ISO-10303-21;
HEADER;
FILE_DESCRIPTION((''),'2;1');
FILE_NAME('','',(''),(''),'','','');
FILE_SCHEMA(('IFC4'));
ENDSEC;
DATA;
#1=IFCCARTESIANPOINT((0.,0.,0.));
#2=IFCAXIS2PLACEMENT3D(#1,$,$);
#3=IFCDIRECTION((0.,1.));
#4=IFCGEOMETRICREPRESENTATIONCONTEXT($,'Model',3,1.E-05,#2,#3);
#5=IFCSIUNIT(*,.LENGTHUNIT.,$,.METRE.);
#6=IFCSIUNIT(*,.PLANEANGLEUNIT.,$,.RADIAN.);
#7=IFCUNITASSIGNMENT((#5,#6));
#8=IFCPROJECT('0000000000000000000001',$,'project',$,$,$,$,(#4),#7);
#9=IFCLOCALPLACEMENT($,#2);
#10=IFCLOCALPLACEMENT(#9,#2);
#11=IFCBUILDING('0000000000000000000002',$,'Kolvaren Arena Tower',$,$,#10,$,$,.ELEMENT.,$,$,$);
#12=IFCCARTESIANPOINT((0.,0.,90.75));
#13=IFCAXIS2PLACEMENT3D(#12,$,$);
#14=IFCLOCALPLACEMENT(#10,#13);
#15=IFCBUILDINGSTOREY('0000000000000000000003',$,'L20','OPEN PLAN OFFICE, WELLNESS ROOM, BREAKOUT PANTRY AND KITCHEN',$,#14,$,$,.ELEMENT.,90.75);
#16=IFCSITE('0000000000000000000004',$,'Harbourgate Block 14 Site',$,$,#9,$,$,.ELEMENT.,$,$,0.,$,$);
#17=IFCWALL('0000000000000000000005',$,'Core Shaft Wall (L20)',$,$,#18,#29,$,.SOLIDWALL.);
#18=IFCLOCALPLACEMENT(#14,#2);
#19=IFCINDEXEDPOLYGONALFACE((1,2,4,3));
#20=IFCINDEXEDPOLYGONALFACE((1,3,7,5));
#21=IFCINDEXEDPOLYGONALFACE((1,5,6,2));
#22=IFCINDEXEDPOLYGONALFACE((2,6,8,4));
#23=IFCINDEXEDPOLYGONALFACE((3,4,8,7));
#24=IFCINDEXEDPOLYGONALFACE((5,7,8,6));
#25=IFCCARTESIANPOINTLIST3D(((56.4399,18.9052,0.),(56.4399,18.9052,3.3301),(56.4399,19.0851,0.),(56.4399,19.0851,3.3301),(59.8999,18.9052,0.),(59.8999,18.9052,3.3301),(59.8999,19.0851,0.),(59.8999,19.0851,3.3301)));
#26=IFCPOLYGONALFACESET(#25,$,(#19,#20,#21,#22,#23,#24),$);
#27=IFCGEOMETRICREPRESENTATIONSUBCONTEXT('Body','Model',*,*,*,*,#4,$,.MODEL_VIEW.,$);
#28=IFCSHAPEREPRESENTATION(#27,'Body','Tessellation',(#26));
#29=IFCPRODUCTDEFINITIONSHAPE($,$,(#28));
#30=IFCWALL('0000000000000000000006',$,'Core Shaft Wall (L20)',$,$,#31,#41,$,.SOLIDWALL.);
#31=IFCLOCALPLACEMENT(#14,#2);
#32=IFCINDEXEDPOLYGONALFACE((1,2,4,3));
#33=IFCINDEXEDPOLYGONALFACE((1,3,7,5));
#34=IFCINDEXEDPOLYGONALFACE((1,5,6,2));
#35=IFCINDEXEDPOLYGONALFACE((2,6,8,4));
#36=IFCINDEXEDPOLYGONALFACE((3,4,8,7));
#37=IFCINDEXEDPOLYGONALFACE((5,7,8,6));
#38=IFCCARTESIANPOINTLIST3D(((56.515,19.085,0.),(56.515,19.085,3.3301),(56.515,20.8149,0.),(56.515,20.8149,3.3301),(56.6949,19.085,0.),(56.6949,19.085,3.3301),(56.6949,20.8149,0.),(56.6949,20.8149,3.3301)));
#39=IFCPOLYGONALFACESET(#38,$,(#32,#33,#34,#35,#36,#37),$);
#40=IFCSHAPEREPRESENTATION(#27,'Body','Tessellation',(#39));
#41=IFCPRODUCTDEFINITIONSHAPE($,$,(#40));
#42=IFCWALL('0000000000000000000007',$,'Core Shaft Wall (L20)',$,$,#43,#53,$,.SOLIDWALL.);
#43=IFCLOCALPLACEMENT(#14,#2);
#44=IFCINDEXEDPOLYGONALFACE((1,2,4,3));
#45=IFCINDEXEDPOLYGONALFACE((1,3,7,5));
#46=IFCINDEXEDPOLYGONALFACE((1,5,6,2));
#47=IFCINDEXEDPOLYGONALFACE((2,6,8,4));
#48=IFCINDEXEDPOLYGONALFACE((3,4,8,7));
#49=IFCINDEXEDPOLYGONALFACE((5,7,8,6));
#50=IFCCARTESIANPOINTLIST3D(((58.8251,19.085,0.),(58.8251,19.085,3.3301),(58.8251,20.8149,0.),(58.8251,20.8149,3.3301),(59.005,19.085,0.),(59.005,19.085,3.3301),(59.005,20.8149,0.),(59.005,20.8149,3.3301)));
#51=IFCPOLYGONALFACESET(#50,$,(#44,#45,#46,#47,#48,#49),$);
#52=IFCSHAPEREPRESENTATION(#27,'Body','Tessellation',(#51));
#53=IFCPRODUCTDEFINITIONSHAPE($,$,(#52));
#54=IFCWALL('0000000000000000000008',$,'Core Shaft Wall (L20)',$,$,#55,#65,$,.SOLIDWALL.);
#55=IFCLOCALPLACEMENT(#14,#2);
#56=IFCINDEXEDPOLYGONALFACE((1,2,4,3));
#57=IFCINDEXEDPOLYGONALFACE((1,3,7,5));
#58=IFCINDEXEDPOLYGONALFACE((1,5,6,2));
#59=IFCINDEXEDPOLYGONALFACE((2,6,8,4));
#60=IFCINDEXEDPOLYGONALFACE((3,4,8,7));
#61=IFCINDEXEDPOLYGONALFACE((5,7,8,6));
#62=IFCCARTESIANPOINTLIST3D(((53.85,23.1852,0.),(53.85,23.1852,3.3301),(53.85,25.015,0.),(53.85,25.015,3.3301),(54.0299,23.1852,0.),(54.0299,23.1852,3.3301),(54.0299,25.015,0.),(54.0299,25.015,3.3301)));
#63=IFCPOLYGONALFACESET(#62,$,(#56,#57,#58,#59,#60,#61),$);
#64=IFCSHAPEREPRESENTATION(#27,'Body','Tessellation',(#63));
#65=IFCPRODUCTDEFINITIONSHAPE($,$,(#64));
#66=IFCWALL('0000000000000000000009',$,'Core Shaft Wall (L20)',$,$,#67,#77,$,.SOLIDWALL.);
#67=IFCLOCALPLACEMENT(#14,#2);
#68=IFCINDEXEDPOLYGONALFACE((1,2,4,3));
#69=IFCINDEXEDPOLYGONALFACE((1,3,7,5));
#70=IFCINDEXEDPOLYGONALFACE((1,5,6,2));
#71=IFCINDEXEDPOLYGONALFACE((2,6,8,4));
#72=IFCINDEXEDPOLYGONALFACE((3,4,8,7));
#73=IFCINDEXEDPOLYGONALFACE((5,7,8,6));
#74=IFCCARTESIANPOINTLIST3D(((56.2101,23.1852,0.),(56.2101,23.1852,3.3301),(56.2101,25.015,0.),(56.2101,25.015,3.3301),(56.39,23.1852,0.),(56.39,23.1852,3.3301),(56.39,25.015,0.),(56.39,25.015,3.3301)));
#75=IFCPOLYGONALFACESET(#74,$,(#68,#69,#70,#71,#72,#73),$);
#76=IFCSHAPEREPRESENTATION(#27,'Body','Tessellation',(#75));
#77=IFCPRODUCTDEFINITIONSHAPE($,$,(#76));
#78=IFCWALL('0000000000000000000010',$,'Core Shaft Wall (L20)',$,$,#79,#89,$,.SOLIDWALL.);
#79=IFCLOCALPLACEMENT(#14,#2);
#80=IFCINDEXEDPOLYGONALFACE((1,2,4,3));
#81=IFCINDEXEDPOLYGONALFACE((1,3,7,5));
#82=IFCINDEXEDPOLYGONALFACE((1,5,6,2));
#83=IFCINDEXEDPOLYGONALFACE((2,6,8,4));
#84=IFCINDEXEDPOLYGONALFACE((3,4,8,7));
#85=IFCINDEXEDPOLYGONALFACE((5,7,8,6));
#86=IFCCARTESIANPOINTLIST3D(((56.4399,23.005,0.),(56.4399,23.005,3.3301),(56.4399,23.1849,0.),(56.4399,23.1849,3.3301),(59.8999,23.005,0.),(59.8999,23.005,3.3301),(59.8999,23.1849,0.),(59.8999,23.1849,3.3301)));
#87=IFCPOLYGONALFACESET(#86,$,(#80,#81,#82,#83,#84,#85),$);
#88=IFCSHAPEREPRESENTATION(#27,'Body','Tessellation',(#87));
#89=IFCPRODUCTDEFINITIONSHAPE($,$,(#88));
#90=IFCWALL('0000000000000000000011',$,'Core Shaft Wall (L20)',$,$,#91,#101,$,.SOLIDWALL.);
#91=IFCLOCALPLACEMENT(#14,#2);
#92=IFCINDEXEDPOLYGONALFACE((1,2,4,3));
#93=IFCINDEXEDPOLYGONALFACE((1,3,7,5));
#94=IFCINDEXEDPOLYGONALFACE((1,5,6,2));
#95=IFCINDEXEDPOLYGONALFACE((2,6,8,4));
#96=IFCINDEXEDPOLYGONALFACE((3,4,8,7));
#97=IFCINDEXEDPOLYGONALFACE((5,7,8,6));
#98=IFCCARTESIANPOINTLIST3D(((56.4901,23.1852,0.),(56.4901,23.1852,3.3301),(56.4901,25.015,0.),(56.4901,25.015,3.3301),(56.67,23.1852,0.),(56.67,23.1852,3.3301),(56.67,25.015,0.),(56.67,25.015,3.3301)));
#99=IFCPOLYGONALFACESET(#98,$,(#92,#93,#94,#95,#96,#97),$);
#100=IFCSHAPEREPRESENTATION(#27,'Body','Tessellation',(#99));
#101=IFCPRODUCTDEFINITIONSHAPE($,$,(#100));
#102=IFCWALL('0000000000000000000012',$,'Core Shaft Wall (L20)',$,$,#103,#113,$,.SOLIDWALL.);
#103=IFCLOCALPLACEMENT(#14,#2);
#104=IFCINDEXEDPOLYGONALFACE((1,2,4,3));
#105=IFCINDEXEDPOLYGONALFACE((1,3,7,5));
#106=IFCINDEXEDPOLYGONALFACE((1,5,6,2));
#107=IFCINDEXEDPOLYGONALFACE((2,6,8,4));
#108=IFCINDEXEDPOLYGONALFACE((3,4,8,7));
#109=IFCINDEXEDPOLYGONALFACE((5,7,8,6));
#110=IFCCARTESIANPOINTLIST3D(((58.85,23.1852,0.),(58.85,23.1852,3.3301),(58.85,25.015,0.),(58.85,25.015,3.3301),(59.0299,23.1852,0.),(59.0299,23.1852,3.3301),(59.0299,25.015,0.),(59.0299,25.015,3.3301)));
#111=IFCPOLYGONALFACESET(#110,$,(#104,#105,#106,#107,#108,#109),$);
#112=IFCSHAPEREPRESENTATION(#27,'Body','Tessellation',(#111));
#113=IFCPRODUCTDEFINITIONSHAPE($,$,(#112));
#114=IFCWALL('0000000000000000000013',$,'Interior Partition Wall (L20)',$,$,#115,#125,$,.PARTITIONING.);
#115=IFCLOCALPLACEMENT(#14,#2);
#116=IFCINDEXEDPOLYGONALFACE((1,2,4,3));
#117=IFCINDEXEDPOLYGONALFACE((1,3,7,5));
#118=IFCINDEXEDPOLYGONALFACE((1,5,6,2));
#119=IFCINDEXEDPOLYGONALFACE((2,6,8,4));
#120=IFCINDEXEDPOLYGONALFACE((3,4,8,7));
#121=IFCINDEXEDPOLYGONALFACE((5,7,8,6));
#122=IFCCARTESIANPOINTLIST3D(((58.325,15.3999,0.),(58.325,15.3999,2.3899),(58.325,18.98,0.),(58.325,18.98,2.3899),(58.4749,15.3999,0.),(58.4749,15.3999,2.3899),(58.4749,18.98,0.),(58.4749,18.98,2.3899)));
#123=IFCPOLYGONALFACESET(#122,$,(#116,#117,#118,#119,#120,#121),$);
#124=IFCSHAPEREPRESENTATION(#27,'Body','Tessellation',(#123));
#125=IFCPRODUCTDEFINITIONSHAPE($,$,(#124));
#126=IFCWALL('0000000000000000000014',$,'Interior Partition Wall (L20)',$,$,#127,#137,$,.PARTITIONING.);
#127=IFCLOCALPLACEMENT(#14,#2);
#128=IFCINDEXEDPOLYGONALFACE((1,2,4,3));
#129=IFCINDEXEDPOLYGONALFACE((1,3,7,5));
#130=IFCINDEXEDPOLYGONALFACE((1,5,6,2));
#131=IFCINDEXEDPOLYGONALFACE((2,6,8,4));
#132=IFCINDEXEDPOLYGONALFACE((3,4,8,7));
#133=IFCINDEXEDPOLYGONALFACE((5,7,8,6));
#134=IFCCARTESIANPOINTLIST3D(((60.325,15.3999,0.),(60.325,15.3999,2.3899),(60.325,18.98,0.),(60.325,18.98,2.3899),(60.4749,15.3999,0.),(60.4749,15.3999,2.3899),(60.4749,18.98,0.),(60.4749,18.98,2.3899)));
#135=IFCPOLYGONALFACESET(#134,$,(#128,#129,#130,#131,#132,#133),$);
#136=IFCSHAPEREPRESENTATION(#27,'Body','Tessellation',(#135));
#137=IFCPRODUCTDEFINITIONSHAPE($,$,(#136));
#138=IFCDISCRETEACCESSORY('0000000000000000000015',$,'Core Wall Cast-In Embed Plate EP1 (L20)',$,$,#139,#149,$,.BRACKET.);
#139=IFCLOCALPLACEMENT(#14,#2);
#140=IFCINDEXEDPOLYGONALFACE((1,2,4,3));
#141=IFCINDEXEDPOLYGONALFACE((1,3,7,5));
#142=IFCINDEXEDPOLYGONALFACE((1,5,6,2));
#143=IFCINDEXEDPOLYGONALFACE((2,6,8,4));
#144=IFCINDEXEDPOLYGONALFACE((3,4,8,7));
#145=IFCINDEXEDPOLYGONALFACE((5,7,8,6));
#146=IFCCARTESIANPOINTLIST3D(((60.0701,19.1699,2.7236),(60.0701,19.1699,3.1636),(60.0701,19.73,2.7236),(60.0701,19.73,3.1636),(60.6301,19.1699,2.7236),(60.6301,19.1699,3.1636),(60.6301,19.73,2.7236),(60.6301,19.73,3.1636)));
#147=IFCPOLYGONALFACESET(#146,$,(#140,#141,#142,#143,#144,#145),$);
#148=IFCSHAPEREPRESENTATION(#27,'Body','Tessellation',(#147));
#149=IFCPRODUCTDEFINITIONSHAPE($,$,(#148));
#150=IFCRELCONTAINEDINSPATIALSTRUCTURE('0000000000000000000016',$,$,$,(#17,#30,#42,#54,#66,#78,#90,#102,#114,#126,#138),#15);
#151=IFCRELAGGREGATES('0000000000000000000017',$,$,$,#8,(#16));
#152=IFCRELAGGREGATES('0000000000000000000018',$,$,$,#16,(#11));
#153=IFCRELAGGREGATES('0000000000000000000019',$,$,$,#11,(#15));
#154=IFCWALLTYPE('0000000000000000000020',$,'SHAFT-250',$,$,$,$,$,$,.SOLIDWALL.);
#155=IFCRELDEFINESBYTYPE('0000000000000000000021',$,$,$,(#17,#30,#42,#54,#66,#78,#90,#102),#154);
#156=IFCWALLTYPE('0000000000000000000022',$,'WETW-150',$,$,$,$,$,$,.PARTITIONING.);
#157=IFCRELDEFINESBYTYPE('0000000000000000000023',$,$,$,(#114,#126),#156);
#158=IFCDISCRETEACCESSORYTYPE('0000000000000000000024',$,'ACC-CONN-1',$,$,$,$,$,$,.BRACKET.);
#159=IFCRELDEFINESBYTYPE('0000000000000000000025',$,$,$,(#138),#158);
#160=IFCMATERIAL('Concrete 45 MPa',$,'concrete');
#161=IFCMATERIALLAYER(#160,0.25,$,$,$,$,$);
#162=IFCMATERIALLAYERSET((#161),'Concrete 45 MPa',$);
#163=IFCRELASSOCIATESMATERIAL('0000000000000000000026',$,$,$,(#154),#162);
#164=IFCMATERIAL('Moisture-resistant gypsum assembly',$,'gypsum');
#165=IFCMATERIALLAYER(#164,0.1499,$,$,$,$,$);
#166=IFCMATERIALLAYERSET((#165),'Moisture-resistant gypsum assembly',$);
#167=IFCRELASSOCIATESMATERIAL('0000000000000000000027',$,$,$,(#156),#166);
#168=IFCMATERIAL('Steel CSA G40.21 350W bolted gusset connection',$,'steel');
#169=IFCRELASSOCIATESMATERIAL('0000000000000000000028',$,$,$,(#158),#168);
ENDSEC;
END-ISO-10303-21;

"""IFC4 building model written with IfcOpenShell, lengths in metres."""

from ifc_helpers import new_model, si_unit, direction, frame, frame_2d, origin, origin_2d, place, context, subcontext, project, spatial, rectangle, extrude, material, layer, layer_set, type_object, element, save


model = new_model("IFC4")

# Units and contexts
model_context = context("Model", 3, precision=1e-05, world=origin(), true_north=direction((0.0, 1.0)))
body_context = subcontext(model_context, "Body", "Model", "MODEL_VIEW")
ifc_project = project(units=[si_unit("LENGTHUNIT", "METRE"), si_unit("PLANEANGLEUNIT", "RADIAN")], contexts=[model_context])

# Site, building, storey
site_placement = place(None, origin())
site = spatial("IfcSite", under=ifc_project, at=site_placement, Name="Harbourgate Block 14 Site", CompositionType="ELEMENT", RefElevation=0.0)
building_placement = place(site_placement, origin())
building = spatial("IfcBuilding", under=site, at=building_placement, Name="Kolvaren Arena Tower", CompositionType="ELEMENT")
storey_placement = place(building_placement, frame((0.0, 0.0, 90.75)))
storey = spatial("IfcBuildingStorey", under=building, at=storey_placement, Name="L20", Description="OPEN PLAN OFFICE, WELLNESS ROOM, BREAKOUT PANTRY AND KITCHEN", CompositionType="ELEMENT", Elevation=90.75)

# Shared definitions
ifc_material_1 = material(Name="Concrete 45 MPa", Category="concrete")
ifc_layer_1 = layer(ifc_material_1, 0.25)
ifc_layer_set_1 = layer_set([ifc_layer_1], Name="Concrete 45 MPa")
wall_type_1 = type_object("IfcWallType", Name="SHAFT-250", PredefinedType="SOLIDWALL", material=ifc_layer_set_1)

# Walls
wall_1_placement = place(storey_placement, frame((56.4399, 18.9951, 0.0), z_axis=(0.0, 0.0, 1.0), x_axis=(1.0, 0.0, 0.0)))
element("IfcWall", 1, at=wall_1_placement, inside=storey, type_object=wall_type_1, Name="Core Shaft Wall (L20)", PredefinedType="SOLIDWALL", context=body_context, shape_type="SweptSolid", body=[
    extrude(rectangle(XDim=3.46, YDim=0.1799, at=frame_2d((1.73, 0.0))), origin(), (0.0, 0.0, 1.0), 3.3301),
])
for number, where, z_axis, x_axis, name in (
    (2, (56.605, 19.085, 0.0), (0.0, 0.0, 1.0), (0.0, 1.0, 0.0), "Core Shaft Wall (L20)"),
    (3, (58.915, 19.085, 0.0), (0.0, 0.0, 1.0), (0.0, 1.0, 0.0), "Core Shaft Wall (L20)"),
):
    element("IfcWall", number, at=place(storey_placement, frame(where, z_axis=z_axis, x_axis=x_axis)), inside=storey, type_object=wall_type_1, Name=name, PredefinedType="SOLIDWALL", context=body_context, shape_type="SweptSolid", body=[
        extrude(rectangle(XDim=1.73, YDim=0.1799, at=frame_2d((0.865, 0.0))), origin(), (0.0, 0.0, 1.0), 3.3301),
    ])
for number, where, z_axis, x_axis, name in (
    (4, (53.9399, 23.1851, 0.0), (0.0, 0.0, 1.0), (0.0, 1.0, 0.0), "Core Shaft Wall (L20)"),
    (5, (56.3, 23.1851, 0.0), (0.0, 0.0, 1.0), (0.0, 1.0, 0.0), "Core Shaft Wall (L20)"),
):
    element("IfcWall", number, at=place(storey_placement, frame(where, z_axis=z_axis, x_axis=x_axis)), inside=storey, type_object=wall_type_1, Name=name, PredefinedType="SOLIDWALL", context=body_context, shape_type="SweptSolid", body=[
        extrude(rectangle(XDim=1.8298, YDim=0.1799, at=frame_2d((0.915, 0.0))), origin(), (0.0, 0.0, 1.0), 3.3301),
    ])
wall_2_placement = place(storey_placement, frame((56.4399, 23.095, 0.0), z_axis=(0.0, 0.0, 1.0), x_axis=(1.0, 0.0, 0.0)))
element("IfcWall", 6, at=wall_2_placement, inside=storey, type_object=wall_type_1, Name="Core Shaft Wall (L20)", PredefinedType="SOLIDWALL", context=body_context, shape_type="SweptSolid", body=[
    extrude(rectangle(XDim=3.46, YDim=0.1799, at=frame_2d((1.73, 0.0))), origin(), (0.0, 0.0, 1.0), 3.3301),
])
for number, where, z_axis, x_axis, name in (
    (7, (56.5801, 23.1851, 0.0), (0.0, 0.0, 1.0), (0.0, 1.0, 0.0), "Core Shaft Wall (L20)"),
    (8, (58.9399, 23.1851, 0.0), (0.0, 0.0, 1.0), (0.0, 1.0, 0.0), "Core Shaft Wall (L20)"),
):
    element("IfcWall", number, at=place(storey_placement, frame(where, z_axis=z_axis, x_axis=x_axis)), inside=storey, type_object=wall_type_1, Name=name, PredefinedType="SOLIDWALL", context=body_context, shape_type="SweptSolid", body=[
        extrude(rectangle(XDim=1.8298, YDim=0.1799, at=frame_2d((0.915, 0.0))), origin(), (0.0, 0.0, 1.0), 3.3301),
    ])
ifc_material_2 = material(Name="Moisture-resistant gypsum assembly", Category="gypsum")
ifc_layer_2 = layer(ifc_material_2, 0.1499)
ifc_layer_set_2 = layer_set([ifc_layer_2], Name="Moisture-resistant gypsum assembly")
wall_type_2 = type_object("IfcWallType", Name="WETW-150", PredefinedType="PARTITIONING", material=ifc_layer_set_2)
for number, where, z_axis, x_axis, name in (
    (9, (58.3999, 15.3999, 0.0), (0.0, 0.0, 1.0), (0.0, 1.0, 0.0), "Interior Partition Wall (L20)"),
    (10, (60.3999, 15.3999, 0.0), (0.0, 0.0, 1.0), (0.0, 1.0, 0.0), "Interior Partition Wall (L20)"),
):
    element("IfcWall", number, at=place(storey_placement, frame(where, z_axis=z_axis, x_axis=x_axis)), inside=storey, type_object=wall_type_2, Name=name, PredefinedType="PARTITIONING", context=body_context, shape_type="SweptSolid", body=[
        extrude(rectangle(XDim=3.5801, YDim=0.1499, at=frame_2d((1.79, 0.0))), origin(), (0.0, 0.0, 1.0), 2.3899),
    ])

# Discrete accessory
ifc_material_3 = material(Name="Steel CSA G40.21 350W bolted gusset connection", Category="steel")
discrete_accessory_type = type_object("IfcDiscreteAccessoryType", Name="ACC-CONN-1", PredefinedType="BRACKET", material=ifc_material_3)
discrete_accessory_placement = place(storey_placement, frame((60.3501, 19.45, 2.7236), z_axis=(0.0, 0.0, 1.0), x_axis=(1.0, 0.0, 0.0)))
element("IfcDiscreteAccessory", 11, at=discrete_accessory_placement, inside=storey, type_object=discrete_accessory_type, Name="Core Wall Cast-In Embed Plate EP1 (L20)", PredefinedType="BRACKET", context=body_context, shape_type="SweptSolid", body=[
    extrude(rectangle(XDim=0.5601, YDim=0.5601, at=origin_2d()), origin(), (0.0, 0.0, 1.0), 0.4399),
])

save(model, "model.ifc")
